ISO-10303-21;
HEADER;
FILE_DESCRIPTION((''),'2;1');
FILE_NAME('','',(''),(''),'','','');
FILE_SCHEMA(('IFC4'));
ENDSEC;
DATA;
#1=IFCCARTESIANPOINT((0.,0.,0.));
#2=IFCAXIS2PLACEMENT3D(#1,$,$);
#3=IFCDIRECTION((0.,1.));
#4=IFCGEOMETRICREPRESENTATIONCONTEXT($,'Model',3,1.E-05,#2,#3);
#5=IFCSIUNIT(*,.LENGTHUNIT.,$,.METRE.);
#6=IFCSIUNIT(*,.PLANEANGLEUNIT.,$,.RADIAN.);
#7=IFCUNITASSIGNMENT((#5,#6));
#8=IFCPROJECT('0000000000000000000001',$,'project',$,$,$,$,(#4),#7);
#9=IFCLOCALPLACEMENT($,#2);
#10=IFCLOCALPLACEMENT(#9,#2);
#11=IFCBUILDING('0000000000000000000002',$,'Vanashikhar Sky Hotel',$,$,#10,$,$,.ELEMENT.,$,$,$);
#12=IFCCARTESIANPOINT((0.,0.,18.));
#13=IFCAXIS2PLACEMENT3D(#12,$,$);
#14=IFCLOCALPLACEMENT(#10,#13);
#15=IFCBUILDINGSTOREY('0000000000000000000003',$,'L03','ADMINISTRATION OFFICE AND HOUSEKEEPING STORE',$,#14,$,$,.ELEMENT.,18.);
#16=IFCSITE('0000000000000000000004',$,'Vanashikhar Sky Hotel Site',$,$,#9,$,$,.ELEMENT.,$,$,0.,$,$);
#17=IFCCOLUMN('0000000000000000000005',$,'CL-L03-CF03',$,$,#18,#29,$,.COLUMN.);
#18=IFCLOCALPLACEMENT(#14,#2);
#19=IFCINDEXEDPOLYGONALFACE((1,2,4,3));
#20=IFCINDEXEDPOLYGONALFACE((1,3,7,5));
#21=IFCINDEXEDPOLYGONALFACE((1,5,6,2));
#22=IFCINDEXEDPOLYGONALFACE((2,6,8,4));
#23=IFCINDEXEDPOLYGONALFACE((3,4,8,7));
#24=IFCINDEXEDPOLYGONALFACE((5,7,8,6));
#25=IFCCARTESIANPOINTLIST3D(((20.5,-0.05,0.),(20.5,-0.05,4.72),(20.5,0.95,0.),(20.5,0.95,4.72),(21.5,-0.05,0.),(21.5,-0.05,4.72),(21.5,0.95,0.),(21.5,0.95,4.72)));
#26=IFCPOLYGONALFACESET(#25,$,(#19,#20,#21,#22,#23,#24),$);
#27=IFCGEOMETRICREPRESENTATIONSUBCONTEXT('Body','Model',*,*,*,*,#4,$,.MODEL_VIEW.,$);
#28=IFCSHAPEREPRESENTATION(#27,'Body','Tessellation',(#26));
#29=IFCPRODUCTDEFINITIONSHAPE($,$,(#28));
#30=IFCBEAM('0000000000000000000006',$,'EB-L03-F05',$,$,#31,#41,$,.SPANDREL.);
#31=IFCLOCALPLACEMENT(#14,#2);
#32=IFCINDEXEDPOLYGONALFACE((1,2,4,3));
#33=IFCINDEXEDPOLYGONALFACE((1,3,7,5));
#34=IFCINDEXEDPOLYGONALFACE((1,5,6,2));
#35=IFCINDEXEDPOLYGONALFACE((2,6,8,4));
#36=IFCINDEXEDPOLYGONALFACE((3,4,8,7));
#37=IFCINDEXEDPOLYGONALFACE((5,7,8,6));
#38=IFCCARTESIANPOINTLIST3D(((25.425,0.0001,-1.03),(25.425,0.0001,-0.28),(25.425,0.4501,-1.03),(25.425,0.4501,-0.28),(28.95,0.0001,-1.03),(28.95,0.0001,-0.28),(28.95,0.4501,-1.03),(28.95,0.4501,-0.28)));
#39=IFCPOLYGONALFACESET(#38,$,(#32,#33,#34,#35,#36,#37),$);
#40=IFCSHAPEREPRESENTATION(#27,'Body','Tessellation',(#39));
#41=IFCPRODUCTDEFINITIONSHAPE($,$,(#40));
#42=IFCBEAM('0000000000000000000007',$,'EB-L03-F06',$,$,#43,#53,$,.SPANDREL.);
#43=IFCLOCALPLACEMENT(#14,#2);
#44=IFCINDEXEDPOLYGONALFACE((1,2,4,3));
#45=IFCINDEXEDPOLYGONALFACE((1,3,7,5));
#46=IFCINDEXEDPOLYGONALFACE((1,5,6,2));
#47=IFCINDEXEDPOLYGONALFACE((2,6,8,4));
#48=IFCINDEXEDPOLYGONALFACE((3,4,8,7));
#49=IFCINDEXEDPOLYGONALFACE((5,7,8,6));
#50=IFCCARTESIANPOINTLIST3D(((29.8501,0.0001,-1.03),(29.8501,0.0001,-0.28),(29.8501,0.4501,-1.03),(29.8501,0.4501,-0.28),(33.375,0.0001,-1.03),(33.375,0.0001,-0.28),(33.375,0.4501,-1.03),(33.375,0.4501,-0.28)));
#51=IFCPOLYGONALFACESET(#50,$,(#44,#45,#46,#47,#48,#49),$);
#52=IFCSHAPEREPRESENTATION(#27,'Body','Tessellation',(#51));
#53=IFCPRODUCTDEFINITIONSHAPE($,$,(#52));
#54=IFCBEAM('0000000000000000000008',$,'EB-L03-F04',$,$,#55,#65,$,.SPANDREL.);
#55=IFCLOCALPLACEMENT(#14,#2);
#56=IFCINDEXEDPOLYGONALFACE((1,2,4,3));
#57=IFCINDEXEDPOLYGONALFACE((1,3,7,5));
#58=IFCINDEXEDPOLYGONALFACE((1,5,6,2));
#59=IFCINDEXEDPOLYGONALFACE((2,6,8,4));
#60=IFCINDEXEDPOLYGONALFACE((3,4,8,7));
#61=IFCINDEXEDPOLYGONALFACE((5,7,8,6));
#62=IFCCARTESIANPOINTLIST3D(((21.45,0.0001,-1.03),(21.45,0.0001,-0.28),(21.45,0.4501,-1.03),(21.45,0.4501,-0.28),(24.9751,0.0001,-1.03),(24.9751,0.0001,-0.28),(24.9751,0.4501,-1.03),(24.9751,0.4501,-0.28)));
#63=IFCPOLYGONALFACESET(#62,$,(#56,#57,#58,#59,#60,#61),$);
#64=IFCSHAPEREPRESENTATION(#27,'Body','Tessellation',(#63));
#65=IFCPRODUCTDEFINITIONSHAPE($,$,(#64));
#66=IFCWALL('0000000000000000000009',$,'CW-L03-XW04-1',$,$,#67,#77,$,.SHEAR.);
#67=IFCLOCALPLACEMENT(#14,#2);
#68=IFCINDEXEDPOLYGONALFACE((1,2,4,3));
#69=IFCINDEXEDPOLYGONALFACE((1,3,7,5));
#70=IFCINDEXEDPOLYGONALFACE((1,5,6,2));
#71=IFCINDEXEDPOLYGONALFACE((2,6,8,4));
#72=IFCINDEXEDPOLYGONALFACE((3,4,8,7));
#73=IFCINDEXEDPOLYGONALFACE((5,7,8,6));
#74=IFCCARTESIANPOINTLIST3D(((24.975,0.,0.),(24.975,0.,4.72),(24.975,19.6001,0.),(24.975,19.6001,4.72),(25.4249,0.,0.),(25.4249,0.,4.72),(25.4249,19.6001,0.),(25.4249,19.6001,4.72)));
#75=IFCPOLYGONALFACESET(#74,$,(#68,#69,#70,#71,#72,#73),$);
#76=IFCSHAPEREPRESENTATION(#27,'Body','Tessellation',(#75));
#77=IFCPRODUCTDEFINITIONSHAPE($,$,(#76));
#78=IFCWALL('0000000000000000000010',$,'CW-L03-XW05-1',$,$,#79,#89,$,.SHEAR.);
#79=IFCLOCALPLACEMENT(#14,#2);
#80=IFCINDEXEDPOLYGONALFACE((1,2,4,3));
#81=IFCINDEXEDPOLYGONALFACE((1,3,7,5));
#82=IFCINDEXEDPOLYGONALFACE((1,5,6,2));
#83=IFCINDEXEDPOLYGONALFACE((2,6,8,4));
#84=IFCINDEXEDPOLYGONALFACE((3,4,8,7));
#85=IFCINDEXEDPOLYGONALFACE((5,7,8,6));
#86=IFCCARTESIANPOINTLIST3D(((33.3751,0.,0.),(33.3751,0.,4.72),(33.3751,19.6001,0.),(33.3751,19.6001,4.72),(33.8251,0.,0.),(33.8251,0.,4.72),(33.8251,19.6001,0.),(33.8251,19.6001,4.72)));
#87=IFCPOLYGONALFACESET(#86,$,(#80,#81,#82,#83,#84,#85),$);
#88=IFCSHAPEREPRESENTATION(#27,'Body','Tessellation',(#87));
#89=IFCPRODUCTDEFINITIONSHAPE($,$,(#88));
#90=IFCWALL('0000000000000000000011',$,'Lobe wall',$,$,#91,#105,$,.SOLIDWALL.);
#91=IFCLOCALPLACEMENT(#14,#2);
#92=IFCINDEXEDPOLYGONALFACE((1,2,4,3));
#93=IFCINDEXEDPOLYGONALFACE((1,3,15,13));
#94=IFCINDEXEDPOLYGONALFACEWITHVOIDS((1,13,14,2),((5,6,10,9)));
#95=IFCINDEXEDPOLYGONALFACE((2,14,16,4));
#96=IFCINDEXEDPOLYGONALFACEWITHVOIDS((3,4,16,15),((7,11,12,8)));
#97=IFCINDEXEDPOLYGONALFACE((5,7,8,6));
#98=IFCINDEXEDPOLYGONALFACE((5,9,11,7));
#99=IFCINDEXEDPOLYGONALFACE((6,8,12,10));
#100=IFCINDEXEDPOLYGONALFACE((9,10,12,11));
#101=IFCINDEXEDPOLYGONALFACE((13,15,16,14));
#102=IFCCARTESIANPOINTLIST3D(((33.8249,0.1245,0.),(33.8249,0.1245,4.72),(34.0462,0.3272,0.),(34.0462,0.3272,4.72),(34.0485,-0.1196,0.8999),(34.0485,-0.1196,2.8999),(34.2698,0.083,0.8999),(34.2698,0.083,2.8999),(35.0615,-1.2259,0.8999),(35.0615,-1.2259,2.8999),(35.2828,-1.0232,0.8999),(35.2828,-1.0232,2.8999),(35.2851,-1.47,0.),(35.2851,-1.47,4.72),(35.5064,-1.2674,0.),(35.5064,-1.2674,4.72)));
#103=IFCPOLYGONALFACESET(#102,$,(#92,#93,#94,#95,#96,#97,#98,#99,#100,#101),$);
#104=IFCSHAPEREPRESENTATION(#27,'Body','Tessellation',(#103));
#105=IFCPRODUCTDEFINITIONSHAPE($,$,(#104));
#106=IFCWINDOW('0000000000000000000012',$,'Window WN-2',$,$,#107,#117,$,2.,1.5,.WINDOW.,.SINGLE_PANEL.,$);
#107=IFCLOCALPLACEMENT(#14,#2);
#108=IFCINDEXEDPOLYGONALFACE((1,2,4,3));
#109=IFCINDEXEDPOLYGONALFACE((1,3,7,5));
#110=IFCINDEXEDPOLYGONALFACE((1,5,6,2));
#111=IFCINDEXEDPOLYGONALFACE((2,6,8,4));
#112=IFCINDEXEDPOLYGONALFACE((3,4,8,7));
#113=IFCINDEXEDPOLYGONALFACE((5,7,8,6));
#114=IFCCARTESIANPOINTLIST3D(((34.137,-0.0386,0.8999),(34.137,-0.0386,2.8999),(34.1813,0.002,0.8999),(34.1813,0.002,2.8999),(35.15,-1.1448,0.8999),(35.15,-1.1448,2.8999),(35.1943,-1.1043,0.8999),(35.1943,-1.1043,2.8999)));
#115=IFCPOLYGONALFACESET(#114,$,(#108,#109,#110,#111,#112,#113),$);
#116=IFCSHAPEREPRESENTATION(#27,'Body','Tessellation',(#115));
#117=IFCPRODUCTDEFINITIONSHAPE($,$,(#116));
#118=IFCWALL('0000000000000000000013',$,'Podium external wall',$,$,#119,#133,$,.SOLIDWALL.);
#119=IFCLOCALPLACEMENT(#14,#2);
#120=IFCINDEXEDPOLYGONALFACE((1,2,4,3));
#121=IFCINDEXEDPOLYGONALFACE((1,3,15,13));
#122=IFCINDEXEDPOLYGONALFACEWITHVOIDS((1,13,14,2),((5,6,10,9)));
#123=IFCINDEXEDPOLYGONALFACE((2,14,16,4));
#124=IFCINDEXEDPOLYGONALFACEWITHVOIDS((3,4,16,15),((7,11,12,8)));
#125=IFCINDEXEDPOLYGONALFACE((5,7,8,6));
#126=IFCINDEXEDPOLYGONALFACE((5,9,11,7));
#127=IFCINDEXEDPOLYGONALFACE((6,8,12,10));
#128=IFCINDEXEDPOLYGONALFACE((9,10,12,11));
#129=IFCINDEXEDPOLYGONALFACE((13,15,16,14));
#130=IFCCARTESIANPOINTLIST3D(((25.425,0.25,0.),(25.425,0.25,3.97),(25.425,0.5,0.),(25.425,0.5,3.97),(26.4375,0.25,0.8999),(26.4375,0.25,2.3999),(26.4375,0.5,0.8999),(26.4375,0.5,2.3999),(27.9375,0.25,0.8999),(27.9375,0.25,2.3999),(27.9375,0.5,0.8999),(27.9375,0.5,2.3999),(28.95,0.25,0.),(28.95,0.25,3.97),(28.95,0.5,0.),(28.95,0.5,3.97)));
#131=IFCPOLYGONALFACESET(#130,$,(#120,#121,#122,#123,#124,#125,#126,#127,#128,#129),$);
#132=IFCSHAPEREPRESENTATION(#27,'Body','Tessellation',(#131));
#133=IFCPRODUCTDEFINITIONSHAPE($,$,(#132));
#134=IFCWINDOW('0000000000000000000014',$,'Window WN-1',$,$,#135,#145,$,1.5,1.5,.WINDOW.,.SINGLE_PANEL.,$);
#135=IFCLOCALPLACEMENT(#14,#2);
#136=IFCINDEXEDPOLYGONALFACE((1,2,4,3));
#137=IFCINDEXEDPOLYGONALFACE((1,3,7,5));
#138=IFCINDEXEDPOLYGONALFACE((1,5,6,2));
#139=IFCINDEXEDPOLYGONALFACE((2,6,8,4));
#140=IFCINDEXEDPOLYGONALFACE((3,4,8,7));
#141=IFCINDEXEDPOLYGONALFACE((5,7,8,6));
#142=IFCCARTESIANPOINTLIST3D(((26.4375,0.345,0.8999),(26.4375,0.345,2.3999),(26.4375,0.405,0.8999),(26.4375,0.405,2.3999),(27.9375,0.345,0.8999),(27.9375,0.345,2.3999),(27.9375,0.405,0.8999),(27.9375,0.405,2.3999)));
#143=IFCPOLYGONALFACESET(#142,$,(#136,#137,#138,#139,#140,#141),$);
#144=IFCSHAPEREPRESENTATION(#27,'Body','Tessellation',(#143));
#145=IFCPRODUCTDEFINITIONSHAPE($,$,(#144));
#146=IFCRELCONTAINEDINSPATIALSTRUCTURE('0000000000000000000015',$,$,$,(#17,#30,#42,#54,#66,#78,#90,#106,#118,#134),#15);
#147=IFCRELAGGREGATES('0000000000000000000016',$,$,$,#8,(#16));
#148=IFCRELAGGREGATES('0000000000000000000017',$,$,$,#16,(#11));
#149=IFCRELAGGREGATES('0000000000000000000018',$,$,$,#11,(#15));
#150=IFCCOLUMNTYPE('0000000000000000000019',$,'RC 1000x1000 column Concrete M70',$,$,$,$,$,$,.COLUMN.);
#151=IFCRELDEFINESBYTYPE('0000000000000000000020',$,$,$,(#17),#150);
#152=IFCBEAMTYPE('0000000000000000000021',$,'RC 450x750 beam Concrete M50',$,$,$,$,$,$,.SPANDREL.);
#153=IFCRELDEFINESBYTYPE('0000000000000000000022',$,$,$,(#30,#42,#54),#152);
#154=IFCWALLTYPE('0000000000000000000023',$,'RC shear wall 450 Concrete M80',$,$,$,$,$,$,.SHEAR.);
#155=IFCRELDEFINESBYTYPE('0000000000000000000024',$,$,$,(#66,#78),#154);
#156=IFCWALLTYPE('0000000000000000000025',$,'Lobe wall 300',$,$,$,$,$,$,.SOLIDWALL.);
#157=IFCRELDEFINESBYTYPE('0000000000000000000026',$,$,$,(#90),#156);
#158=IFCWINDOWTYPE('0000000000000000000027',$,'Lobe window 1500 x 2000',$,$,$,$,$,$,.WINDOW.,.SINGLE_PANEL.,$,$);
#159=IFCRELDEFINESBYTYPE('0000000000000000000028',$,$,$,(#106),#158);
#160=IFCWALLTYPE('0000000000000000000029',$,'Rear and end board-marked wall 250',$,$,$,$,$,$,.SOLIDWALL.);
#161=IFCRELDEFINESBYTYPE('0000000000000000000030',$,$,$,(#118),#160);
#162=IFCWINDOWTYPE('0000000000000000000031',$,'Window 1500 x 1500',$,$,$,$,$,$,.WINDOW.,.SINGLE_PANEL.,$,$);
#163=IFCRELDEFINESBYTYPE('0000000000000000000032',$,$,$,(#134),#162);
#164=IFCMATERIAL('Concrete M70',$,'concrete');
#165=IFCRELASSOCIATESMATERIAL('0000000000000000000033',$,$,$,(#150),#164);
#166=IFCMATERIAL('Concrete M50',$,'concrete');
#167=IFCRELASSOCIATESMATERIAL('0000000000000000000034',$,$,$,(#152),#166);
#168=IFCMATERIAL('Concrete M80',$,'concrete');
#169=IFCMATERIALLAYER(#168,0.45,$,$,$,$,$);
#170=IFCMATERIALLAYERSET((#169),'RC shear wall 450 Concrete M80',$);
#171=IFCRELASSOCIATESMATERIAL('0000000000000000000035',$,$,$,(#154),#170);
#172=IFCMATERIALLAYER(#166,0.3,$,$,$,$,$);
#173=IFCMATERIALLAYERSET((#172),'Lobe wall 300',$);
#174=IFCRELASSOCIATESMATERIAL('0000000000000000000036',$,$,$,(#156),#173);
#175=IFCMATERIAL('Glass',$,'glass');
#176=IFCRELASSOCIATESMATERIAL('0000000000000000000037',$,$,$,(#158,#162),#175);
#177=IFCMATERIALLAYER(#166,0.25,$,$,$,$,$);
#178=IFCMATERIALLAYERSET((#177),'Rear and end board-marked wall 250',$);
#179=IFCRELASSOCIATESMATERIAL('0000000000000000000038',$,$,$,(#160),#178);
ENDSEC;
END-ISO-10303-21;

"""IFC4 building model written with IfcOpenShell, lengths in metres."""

from ifc_helpers import new_model, si_unit, direction, frame, frame_2d, origin, origin_2d, place, context, subcontext, project, spatial, rectangle, extrude, source, transform, mapped, material, layer, layer_set, material_profile, profile_set, type_object, element, fill, save


model = new_model("IFC4")

# Units and contexts
model_context = context("Model", 3, precision=1e-05, world=origin(), true_north=direction((0.0, 1.0)))
body_context = subcontext(model_context, "Body", "Model", "MODEL_VIEW")
ifc_project = project(units=[si_unit("LENGTHUNIT", "METRE"), si_unit("PLANEANGLEUNIT", "RADIAN")], contexts=[model_context])

# Site, building, storey
site_placement = place(None, origin())
site = spatial("IfcSite", under=ifc_project, at=site_placement, Name="Vanashikhar Sky Hotel Site", CompositionType="ELEMENT", RefElevation=0.0)
building_placement = place(site_placement, origin())
building = spatial("IfcBuilding", under=site, at=building_placement, Name="Vanashikhar Sky Hotel", CompositionType="ELEMENT")
storey_placement = place(building_placement, frame((0.0, 0.0, 18.0)))
storey = spatial("IfcBuildingStorey", under=building, at=storey_placement, Name="L03", Description="ADMINISTRATION OFFICE AND HOUSEKEEPING STORE", CompositionType="ELEMENT", Elevation=18.0)

# Column
ifc_material_1 = material(Name="Concrete M70", Category="concrete")
ifc_material_profile_1 = material_profile(ifc_material_1, rectangle(XDim=1.0, YDim=1.0, at=origin_2d()))
ifc_profile_set_1 = profile_set([ifc_material_profile_1], Name="RC 1000x1000 column Concrete M70")
column_type = type_object("IfcColumnType", Name="RC 1000x1000 column Concrete M70", PredefinedType="COLUMN", material=ifc_profile_set_1)
shared_shape_1 = source(origin(), body_context, "Body", "SweptSolid", [
    extrude(rectangle(XDim=1.0, YDim=1.0, at=origin_2d()), origin(), (0.0, 0.0, 1.0), 4.72),
])
column_placement = place(storey_placement, frame((21.0, 0.45, 0.0), z_axis=(0.0, 0.0, 1.0), x_axis=(1.0, 0.0, 0.0)))
element("IfcColumn", 1, at=column_placement, inside=storey, type_object=column_type, Name="CL-L03-CF03", PredefinedType="COLUMN", context=body_context, shape_type="MappedRepresentation", body=[
    mapped(shared_shape_1, transform((0.0, 0.0, 0.0), scale=1.0)),
])

# Beams
ifc_material_2 = material(Name="Concrete M50", Category="concrete")
ifc_material_profile_2 = material_profile(ifc_material_2, rectangle(XDim=0.45, YDim=0.75, at=origin_2d()))
ifc_profile_set_2 = profile_set([ifc_material_profile_2], Name="RC 450x750 beam Concrete M50")
beam_type = type_object("IfcBeamType", Name="RC 450x750 beam Concrete M50", PredefinedType="SPANDREL", material=ifc_profile_set_2)
shared_shape_2 = source(origin(), body_context, "Body", "SweptSolid", [
    extrude(rectangle(XDim=0.45, YDim=0.75, at=origin_2d()), origin(), (0.0, 0.0, 1.0), 3.5249),
])
for number, where, z_axis, x_axis, name in (
    (2, (25.425, 0.2251, -0.655), (1.0, 0.0, 0.0), (0.0, 1.0, 0.0), "EB-L03-F05"),
    (3, (29.8501, 0.2251, -0.655), (1.0, 0.0, 0.0), (0.0, 1.0, 0.0), "EB-L03-F06"),
):
    element("IfcBeam", number, at=place(storey_placement, frame(where, z_axis=z_axis, x_axis=x_axis)), inside=storey, type_object=beam_type, Name=name, PredefinedType="SPANDREL", context=body_context, shape_type="MappedRepresentation", body=[
        mapped(shared_shape_2, transform((0.0, 0.0, 0.0), scale=1.0)),
    ])
shared_shape_3 = source(origin(), body_context, "Body", "SweptSolid", [
    extrude(rectangle(XDim=0.45, YDim=0.75, at=origin_2d()), origin(), (0.0, 0.0, 1.0), 3.5251),
])
beam_placement = place(storey_placement, frame((21.45, 0.2251, -0.655), z_axis=(1.0, 0.0, 0.0), x_axis=(0.0, 1.0, 0.0)))
element("IfcBeam", 4, at=beam_placement, inside=storey, type_object=beam_type, Name="EB-L03-F04", PredefinedType="SPANDREL", context=body_context, shape_type="MappedRepresentation", body=[
    mapped(shared_shape_3, transform((0.0, 0.0, 0.0), scale=1.0)),
])

# Walls
ifc_material_3 = material(Name="Concrete M80", Category="concrete")
ifc_layer_1 = layer(ifc_material_3, 0.45)
ifc_layer_set_1 = layer_set([ifc_layer_1], Name="RC shear wall 450 Concrete M80")
wall_type_1 = type_object("IfcWallType", Name="RC shear wall 450 Concrete M80", PredefinedType="SHEAR", material=ifc_layer_set_1)
shared_shape_4 = source(origin(), body_context, "Body", "SweptSolid", [
    extrude(rectangle(XDim=19.6001, YDim=0.45, at=frame_2d((9.8, 0.0))), origin(), (0.0, 0.0, 1.0), 4.72),
])
for number, where, z_axis, x_axis, name in (
    (5, (25.2, 0.0, 0.0), (0.0, 0.0, 1.0), (0.0, 1.0, 0.0), "CW-L03-XW04-1"),
    (6, (33.6001, 0.0, 0.0), (0.0, 0.0, 1.0), (0.0, 1.0, 0.0), "CW-L03-XW05-1"),
):
    element("IfcWall", number, at=place(storey_placement, frame(where, z_axis=z_axis, x_axis=x_axis)), inside=storey, type_object=wall_type_1, Name=name, PredefinedType="SHEAR", context=body_context, shape_type="MappedRepresentation", body=[
        mapped(shared_shape_4, transform((0.0, 0.0, 0.0), scale=1.0)),
    ])

# Walls, openings, windows
ifc_layer_2 = layer(ifc_material_2, 0.3)
ifc_layer_set_2 = layer_set([ifc_layer_2], Name="Lobe wall 300")
wall_type_2 = type_object("IfcWallType", Name="Lobe wall 300", PredefinedType="SOLIDWALL", material=ifc_layer_set_2)
shared_shape_5 = source(origin(), body_context, "Body", "SweptSolid", [
    extrude(rectangle(XDim=2.1621, YDim=0.3, at=frame_2d((1.0811, 0.0))), origin(), (0.0, 0.0, 1.0), 4.72),
])
wall_1_placement = place(storey_placement, frame((33.9355, 0.2258, 0.0), z_axis=(0.0, 0.0, 1.0), x_axis=(0.675372, -0.737477, 0.0)))
wall_1 = element("IfcWall", 7, at=wall_1_placement, inside=storey, type_object=wall_type_2, Name="Lobe wall", PredefinedType="SOLIDWALL", context=body_context, shape_type="MappedRepresentation", body=[
    mapped(shared_shape_5, transform((0.0, 0.0, 0.0), scale=1.0)),
])
shared_shape_6 = source(origin(), body_context, "Body", "SweptSolid", [
    extrude(rectangle(XDim=1.5, YDim=2.0, at=frame_2d((0.75, 1.0))), frame((0.0, 0.1602, 0.0), z_axis=(0.0, -1.0, 0.0), x_axis=(1.0, 0.0, 0.0)), (0.0, 0.0, 1.0), 0.3201),
])
opening_1_placement = place(wall_1_placement, frame((0.3311, 0.0, 0.8999)))
opening_1 = element("IfcOpeningElement", 8, at=opening_1_placement, cuts=wall_1, PredefinedType="OPENING", context=body_context, shape_type="MappedRepresentation", body=[
    mapped(shared_shape_6, transform((0.0, 0.0, 0.0), scale=1.0)),
])
ifc_material_4 = material(Name="Glass", Category="glass")
window_type_1 = type_object("IfcWindowType", Name="Lobe window 1500 x 2000", PartitioningType="SINGLE_PANEL", PredefinedType="WINDOW", material=ifc_material_4)
shared_shape_7 = source(origin(), body_context, "Body", "SweptSolid", [
    extrude(rectangle(XDim=1.5, YDim=2.0, at=frame_2d((0.75, 1.0))), frame((0.0, 0.03, 0.0), z_axis=(0.0, -1.0, 0.0), x_axis=(1.0, 0.0, 0.0)), (0.0, 0.0, 1.0), 0.0601),
])
window_1_placement = place(opening_1_placement, origin())
window_1 = element("IfcWindow", 9, at=window_1_placement, inside=storey, type_object=window_type_1, Name="Window WN-2", OverallHeight=2.0, OverallWidth=1.5, PartitioningType="SINGLE_PANEL", PredefinedType="WINDOW", context=body_context, shape_type="MappedRepresentation", body=[
    mapped(shared_shape_7, transform((0.0, 0.0, 0.0), scale=1.0)),
])
fill(opening_1, window_1)
ifc_layer_3 = layer(ifc_material_2, 0.25)
ifc_layer_set_3 = layer_set([ifc_layer_3], Name="Rear and end board-marked wall 250")
wall_type_3 = type_object("IfcWallType", Name="Rear and end board-marked wall 250", PredefinedType="SOLIDWALL", material=ifc_layer_set_3)
shared_shape_8 = source(origin(), body_context, "Body", "SweptSolid", [
    extrude(rectangle(XDim=3.5249, YDim=0.25, at=frame_2d((1.7625, 0.0))), origin(), (0.0, 0.0, 1.0), 3.97),
])
wall_2_placement = place(storey_placement, frame((25.425, 0.375, 0.0), z_axis=(0.0, 0.0, 1.0), x_axis=(1.0, 0.0, 0.0)))
wall_2 = element("IfcWall", 10, at=wall_2_placement, inside=storey, type_object=wall_type_3, Name="Podium external wall", PredefinedType="SOLIDWALL", context=body_context, shape_type="MappedRepresentation", body=[
    mapped(shared_shape_8, transform((0.0, 0.0, 0.0), scale=1.0)),
])
shared_shape_9 = source(origin(), body_context, "Body", "SweptSolid", [
    extrude(rectangle(XDim=1.5, YDim=1.5, at=frame_2d((0.75, 0.75))), frame((0.0, 0.135, 0.0), z_axis=(0.0, -1.0, 0.0), x_axis=(1.0, 0.0, 0.0)), (0.0, 0.0, 1.0), 0.27),
])
opening_2_placement = place(wall_2_placement, frame((1.0125, 0.0, 0.8999)))
opening_2 = element("IfcOpeningElement", 11, at=opening_2_placement, cuts=wall_2, PredefinedType="OPENING", context=body_context, shape_type="MappedRepresentation", body=[
    mapped(shared_shape_9, transform((0.0, 0.0, 0.0), scale=1.0)),
])
window_type_2 = type_object("IfcWindowType", Name="Window 1500 x 1500", PartitioningType="SINGLE_PANEL", PredefinedType="WINDOW", material=ifc_material_4)
shared_shape_10 = source(origin(), body_context, "Body", "SweptSolid", [
    extrude(rectangle(XDim=1.5, YDim=1.5, at=frame_2d((0.75, 0.75))), frame((0.0, 0.03, 0.0), z_axis=(0.0, -1.0, 0.0), x_axis=(1.0, 0.0, 0.0)), (0.0, 0.0, 1.0), 0.0601),
])
window_2_placement = place(opening_2_placement, origin())
window_2 = element("IfcWindow", 12, at=window_2_placement, inside=storey, type_object=window_type_2, Name="Window WN-1", OverallHeight=1.5, OverallWidth=1.5, PartitioningType="SINGLE_PANEL", PredefinedType="WINDOW", context=body_context, shape_type="MappedRepresentation", body=[
    mapped(shared_shape_10, transform((0.0, 0.0, 0.0), scale=1.0)),
])
fill(opening_2, window_2)

save(model, "model.ifc")
